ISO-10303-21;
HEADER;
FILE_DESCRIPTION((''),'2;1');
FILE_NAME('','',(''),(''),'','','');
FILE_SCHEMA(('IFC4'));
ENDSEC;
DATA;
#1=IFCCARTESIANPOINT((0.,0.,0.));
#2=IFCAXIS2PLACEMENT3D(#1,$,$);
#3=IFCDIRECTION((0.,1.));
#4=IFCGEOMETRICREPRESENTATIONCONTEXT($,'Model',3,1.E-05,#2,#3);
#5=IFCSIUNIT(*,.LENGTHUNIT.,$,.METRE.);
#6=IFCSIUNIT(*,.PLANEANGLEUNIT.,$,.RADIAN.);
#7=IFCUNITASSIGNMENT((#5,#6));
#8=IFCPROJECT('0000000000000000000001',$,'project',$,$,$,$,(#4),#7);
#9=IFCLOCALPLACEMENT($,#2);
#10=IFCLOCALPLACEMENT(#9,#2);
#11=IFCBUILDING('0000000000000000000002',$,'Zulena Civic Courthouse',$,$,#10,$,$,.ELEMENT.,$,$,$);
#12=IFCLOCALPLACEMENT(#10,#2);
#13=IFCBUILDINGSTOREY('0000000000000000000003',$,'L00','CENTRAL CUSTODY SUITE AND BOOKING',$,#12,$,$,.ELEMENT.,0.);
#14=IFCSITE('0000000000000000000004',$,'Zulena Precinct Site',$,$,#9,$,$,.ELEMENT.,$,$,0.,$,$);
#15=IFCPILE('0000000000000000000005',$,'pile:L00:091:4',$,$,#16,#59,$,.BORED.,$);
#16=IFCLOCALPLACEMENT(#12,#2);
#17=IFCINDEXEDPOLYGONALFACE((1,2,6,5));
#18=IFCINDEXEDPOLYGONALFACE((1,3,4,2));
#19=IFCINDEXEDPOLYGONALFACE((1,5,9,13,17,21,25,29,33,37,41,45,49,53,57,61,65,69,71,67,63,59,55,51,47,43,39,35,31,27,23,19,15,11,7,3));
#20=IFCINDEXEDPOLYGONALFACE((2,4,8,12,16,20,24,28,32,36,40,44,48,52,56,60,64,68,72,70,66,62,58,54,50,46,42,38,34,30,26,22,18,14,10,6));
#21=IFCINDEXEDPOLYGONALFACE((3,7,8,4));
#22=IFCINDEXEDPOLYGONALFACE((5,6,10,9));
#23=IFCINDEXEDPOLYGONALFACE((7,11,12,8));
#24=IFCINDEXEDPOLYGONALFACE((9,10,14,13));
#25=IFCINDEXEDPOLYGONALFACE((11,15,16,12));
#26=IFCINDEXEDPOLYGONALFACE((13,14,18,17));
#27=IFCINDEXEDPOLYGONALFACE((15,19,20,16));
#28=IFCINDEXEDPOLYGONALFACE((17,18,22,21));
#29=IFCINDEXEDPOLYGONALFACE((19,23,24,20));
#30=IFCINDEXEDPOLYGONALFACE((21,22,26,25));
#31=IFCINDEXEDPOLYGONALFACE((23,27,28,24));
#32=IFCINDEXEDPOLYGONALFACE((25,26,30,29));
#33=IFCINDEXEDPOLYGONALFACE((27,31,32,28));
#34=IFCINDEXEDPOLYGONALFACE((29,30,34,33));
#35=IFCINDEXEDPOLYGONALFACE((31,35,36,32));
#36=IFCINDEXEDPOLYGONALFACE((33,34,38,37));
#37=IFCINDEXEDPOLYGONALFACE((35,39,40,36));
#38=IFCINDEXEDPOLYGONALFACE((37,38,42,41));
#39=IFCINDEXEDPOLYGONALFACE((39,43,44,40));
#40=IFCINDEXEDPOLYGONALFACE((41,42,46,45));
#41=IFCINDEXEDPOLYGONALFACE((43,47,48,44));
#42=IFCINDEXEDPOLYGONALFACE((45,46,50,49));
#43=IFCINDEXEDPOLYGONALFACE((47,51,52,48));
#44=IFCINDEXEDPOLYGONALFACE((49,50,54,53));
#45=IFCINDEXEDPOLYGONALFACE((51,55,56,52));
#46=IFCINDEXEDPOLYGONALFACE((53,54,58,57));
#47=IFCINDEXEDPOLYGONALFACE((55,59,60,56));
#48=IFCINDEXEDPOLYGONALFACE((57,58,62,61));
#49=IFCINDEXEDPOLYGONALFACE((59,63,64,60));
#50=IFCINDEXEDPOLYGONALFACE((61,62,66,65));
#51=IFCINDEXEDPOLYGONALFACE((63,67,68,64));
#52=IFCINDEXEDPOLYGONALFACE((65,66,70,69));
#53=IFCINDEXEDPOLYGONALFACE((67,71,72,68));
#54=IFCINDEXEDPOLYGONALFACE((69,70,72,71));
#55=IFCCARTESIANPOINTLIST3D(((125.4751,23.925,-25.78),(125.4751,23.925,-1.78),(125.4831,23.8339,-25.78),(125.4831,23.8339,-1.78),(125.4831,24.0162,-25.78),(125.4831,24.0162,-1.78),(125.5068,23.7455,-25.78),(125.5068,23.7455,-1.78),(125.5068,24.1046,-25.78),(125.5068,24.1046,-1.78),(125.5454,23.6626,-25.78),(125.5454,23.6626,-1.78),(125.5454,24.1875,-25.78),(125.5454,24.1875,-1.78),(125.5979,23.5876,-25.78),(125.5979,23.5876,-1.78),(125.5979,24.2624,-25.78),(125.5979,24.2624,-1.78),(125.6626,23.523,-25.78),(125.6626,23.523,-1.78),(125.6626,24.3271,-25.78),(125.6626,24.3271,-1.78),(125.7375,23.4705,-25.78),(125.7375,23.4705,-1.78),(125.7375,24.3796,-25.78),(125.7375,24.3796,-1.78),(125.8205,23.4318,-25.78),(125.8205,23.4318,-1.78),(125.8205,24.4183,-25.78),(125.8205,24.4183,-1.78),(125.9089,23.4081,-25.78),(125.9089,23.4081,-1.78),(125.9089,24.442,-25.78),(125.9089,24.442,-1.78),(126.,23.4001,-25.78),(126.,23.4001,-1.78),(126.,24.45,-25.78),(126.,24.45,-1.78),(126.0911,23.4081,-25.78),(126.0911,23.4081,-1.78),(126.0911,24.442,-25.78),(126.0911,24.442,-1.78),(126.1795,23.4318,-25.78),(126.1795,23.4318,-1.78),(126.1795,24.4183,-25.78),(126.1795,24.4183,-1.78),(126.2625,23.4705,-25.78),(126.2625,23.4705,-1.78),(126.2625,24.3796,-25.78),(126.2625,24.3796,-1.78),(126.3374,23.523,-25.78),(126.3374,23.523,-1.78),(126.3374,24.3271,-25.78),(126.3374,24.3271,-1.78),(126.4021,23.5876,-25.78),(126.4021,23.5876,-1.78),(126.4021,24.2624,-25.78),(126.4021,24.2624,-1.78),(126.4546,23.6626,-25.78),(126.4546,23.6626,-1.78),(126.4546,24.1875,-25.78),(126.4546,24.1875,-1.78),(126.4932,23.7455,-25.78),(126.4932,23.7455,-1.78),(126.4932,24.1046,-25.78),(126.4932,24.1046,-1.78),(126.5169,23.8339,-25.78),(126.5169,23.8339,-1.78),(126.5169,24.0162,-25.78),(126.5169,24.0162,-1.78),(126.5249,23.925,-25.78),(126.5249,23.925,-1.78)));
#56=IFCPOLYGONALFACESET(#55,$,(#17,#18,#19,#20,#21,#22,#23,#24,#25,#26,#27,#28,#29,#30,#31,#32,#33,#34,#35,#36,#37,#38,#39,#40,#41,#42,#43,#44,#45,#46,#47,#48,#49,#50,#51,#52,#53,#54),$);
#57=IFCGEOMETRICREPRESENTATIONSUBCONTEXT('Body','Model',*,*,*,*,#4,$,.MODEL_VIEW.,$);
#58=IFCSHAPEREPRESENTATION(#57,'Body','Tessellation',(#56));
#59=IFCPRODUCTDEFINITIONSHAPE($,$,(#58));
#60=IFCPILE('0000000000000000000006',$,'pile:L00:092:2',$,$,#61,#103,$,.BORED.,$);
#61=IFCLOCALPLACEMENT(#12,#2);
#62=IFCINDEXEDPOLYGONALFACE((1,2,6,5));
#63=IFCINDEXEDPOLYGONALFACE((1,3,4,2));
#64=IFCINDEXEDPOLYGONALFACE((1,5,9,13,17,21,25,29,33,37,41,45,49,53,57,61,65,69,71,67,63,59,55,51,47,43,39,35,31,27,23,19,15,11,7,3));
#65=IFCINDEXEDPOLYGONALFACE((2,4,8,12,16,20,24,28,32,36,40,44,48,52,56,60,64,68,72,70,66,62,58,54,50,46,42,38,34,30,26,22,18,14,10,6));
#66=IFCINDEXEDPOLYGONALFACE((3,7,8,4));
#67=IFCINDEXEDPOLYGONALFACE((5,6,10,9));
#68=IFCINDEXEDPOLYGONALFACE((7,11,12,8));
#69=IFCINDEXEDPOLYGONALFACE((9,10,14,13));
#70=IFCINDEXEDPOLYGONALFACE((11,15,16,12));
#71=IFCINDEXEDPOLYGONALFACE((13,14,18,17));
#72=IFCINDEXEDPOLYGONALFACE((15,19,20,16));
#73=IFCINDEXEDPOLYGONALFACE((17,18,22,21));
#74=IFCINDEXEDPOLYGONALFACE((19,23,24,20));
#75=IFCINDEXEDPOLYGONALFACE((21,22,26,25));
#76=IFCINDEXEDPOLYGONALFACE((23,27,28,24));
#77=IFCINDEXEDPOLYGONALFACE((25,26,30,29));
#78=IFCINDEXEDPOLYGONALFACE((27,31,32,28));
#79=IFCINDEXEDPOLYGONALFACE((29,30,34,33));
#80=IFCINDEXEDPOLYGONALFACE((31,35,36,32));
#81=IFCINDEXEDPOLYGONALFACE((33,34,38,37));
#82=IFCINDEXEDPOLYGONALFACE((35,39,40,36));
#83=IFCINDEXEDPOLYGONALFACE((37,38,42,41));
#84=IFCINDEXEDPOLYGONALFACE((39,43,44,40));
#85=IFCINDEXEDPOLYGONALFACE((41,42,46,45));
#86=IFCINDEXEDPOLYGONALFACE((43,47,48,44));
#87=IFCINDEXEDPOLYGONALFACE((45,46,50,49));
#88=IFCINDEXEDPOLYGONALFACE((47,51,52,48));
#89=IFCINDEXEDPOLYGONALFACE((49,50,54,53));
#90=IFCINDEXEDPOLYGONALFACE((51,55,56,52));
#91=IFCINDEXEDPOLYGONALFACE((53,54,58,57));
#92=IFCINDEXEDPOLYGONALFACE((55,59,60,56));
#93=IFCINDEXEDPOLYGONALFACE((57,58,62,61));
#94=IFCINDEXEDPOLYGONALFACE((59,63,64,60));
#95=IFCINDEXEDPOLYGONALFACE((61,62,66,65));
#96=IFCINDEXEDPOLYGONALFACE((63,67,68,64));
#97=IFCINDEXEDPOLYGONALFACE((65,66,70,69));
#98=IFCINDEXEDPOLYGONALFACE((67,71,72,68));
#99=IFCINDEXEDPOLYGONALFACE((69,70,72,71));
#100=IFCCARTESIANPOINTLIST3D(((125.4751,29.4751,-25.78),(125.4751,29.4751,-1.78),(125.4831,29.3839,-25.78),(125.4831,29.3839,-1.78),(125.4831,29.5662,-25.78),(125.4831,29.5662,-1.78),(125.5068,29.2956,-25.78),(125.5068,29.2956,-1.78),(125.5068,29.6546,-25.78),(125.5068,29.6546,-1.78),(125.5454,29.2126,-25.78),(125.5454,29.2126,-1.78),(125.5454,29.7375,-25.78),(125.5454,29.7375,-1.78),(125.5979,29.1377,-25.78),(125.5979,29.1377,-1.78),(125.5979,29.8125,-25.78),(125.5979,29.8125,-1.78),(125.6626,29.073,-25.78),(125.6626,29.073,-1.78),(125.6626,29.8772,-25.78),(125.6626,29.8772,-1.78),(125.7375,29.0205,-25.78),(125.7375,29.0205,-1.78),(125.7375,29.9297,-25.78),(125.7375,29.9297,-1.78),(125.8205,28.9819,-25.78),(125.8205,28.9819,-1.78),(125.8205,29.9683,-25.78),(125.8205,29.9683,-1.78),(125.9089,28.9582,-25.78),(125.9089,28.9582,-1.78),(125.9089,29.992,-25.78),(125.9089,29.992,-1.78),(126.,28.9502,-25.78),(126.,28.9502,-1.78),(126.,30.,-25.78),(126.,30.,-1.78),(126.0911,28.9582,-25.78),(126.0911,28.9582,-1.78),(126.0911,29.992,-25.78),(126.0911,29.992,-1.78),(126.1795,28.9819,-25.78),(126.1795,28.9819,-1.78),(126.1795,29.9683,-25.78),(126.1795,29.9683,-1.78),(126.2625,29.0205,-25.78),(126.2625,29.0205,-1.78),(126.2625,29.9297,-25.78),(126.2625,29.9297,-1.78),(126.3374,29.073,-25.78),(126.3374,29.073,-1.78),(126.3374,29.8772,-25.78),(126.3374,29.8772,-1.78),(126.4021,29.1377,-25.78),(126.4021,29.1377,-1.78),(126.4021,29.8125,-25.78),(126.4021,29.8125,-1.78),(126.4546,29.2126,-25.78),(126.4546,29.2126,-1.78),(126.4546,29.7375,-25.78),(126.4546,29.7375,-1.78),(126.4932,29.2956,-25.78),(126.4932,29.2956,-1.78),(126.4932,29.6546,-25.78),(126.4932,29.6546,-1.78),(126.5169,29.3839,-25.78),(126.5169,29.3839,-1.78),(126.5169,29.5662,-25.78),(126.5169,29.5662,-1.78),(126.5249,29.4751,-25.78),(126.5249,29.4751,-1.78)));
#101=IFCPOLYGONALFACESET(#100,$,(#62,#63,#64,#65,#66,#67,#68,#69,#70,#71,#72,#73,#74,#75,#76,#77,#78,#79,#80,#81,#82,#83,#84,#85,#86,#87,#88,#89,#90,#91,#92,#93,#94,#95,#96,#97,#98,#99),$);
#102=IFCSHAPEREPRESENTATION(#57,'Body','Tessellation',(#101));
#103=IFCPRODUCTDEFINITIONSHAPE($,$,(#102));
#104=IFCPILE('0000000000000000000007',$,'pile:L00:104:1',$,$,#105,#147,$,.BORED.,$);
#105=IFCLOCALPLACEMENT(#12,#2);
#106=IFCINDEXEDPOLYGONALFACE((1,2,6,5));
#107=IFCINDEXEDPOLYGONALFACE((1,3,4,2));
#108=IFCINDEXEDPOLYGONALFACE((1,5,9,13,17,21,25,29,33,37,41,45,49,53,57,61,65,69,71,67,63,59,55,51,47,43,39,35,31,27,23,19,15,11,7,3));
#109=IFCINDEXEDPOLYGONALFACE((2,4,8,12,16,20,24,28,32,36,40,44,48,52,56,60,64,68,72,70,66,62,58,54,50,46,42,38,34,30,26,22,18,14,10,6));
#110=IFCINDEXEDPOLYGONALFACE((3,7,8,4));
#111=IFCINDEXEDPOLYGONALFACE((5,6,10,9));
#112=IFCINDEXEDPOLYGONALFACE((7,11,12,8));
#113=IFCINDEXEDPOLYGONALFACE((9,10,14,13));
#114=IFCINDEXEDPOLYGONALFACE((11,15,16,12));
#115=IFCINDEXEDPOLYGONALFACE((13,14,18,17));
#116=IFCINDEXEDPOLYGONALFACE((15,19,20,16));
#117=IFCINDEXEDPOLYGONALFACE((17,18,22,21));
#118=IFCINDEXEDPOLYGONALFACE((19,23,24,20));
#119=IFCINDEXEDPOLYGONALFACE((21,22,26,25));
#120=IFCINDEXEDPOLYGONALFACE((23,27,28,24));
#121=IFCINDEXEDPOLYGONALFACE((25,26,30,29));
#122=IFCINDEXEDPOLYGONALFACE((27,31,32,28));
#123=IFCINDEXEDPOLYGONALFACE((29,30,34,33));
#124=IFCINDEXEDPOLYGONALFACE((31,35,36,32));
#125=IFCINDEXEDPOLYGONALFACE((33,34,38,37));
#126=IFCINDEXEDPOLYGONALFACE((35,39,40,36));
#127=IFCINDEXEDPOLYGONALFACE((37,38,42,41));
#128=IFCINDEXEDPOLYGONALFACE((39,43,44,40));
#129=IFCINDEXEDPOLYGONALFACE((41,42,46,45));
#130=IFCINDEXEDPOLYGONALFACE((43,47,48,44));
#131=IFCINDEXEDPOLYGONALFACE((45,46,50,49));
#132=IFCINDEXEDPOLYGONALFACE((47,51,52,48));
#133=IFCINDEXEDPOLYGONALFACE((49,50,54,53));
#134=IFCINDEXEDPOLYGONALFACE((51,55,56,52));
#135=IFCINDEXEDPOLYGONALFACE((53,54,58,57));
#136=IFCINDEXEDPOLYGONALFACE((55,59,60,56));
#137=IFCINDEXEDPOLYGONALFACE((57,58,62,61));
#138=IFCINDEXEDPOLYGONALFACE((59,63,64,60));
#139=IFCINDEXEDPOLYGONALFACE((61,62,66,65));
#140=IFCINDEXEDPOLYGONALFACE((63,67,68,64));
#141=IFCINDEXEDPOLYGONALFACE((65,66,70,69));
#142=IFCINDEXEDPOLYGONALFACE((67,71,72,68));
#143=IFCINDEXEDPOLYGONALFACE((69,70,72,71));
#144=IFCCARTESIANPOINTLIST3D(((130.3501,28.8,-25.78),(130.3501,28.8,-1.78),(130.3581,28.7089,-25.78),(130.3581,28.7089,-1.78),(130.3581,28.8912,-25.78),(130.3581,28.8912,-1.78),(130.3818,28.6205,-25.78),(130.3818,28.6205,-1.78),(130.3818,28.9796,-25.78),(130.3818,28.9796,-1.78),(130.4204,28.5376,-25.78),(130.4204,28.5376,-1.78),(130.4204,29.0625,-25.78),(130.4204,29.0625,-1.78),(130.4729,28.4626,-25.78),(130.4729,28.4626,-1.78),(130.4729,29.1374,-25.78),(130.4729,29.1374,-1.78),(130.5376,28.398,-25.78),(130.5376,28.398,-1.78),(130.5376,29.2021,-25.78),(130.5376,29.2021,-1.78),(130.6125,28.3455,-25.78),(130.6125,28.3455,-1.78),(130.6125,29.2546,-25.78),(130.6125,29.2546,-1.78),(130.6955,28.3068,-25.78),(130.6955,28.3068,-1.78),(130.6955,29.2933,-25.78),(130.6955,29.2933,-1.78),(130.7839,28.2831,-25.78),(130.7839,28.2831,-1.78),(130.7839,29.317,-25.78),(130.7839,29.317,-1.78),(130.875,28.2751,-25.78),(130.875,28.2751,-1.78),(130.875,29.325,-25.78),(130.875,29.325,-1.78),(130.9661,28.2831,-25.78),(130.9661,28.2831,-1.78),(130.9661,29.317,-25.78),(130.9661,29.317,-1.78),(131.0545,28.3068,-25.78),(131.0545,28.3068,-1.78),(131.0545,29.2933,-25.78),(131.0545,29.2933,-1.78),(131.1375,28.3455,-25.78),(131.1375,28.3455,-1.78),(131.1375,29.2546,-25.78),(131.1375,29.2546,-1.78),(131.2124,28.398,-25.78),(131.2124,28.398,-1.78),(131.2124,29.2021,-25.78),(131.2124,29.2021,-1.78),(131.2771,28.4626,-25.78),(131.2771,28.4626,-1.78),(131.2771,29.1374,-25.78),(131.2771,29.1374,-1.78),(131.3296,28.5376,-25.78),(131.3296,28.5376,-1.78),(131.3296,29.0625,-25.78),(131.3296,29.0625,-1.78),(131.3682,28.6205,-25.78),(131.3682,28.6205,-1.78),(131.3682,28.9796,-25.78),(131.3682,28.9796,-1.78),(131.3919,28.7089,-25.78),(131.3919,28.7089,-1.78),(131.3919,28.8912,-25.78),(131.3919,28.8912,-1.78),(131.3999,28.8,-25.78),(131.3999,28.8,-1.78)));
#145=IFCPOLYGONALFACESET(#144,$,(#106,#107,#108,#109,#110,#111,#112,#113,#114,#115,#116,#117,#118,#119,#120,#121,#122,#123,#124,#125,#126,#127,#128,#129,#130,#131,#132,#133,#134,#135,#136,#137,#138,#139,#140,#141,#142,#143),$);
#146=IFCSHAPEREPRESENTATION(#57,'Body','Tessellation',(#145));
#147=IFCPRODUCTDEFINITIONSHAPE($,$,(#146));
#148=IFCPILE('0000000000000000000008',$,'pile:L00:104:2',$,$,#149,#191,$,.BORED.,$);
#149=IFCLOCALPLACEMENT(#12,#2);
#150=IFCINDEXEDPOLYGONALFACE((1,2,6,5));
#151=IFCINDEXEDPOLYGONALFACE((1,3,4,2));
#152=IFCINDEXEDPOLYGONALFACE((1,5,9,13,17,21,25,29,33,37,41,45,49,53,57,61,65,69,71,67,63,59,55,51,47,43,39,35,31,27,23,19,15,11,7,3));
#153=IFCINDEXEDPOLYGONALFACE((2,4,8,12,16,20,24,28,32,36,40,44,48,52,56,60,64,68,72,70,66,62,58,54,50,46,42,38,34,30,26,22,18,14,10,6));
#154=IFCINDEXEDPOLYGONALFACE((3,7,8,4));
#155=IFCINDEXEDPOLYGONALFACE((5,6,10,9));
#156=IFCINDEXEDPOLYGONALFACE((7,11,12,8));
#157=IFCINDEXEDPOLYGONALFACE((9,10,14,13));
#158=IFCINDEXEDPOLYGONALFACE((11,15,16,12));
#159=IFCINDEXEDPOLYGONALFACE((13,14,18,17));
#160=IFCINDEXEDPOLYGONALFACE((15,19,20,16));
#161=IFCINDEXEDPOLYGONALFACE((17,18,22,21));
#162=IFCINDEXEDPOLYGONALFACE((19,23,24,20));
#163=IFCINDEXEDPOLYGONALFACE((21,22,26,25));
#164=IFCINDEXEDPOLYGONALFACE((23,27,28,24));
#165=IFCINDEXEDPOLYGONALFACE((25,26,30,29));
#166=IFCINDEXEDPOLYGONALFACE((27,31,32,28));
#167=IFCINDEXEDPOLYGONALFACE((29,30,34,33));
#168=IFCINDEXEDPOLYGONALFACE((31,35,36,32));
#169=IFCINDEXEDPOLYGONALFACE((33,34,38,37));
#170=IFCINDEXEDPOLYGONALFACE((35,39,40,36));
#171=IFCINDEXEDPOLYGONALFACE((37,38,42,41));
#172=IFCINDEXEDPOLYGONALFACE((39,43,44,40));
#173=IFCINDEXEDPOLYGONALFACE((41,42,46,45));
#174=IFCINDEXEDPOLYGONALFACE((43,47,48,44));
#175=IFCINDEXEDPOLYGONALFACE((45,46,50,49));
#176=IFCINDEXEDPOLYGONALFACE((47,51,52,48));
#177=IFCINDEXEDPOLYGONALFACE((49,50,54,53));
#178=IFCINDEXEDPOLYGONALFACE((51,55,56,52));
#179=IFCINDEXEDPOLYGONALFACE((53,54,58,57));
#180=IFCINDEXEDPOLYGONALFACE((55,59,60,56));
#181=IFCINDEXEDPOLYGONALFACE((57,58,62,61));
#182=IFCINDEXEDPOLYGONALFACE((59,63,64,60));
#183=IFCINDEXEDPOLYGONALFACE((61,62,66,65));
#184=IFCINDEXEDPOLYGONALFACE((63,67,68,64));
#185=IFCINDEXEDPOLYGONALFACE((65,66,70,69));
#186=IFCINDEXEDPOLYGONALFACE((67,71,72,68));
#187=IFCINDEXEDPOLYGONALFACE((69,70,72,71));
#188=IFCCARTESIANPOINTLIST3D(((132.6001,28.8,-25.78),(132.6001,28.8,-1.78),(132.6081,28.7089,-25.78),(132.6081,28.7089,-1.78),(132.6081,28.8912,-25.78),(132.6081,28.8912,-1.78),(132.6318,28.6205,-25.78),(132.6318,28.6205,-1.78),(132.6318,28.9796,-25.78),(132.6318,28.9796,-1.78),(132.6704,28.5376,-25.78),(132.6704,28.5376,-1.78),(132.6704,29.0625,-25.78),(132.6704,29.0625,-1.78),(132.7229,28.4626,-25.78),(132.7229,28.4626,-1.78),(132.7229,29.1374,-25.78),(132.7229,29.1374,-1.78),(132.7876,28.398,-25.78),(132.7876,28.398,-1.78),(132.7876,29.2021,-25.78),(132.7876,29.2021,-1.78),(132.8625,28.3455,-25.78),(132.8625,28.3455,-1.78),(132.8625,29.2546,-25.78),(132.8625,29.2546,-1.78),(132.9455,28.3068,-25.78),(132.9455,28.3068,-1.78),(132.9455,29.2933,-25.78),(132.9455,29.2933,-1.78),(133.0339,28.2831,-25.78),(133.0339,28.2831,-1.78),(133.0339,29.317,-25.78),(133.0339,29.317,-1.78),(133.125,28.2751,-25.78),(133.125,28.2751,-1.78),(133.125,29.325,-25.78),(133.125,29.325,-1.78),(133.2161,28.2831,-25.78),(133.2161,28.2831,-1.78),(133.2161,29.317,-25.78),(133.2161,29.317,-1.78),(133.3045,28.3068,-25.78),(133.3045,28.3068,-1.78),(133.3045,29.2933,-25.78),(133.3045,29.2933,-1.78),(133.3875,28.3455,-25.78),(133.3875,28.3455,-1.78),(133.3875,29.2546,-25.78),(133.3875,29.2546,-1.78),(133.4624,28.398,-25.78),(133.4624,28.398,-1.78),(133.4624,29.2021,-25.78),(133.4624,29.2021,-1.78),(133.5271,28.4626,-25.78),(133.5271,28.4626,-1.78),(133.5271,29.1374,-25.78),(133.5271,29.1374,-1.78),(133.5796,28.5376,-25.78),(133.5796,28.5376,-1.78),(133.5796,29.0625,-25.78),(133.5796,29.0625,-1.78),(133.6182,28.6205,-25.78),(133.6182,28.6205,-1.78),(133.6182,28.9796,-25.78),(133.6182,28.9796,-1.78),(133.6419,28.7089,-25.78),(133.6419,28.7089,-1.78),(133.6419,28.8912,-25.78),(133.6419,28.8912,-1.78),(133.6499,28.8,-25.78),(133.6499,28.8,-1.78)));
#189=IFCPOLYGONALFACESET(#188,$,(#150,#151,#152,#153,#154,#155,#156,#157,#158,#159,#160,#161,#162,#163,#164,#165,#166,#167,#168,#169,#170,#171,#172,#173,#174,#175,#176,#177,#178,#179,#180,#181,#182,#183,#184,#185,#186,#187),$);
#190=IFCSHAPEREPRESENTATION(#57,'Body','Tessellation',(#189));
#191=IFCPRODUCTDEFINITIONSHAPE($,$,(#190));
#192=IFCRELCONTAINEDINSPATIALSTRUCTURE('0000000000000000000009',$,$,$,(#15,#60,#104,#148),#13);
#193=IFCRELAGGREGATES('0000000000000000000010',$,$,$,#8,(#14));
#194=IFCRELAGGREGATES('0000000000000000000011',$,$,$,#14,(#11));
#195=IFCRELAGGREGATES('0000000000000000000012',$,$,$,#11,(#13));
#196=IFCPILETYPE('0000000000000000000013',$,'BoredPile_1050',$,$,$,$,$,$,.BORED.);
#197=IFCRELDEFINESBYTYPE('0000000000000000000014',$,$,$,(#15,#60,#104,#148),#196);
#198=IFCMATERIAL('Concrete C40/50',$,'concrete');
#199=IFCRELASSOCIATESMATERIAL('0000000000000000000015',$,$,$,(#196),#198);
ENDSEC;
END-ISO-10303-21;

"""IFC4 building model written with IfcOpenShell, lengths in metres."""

from ifc_helpers import new_model, si_unit, direction, frame, origin, origin_2d, place, context, subcontext, project, spatial, circle, extrude, material, material_profile, profile_set, type_object, element, save


model = new_model("IFC4")

# Units and contexts
model_context = context("Model", 3, precision=1e-05, world=origin(), true_north=direction((0.0, 1.0)))
body_context = subcontext(model_context, "Body", "Model", "MODEL_VIEW")
ifc_project = project(units=[si_unit("LENGTHUNIT", "METRE"), si_unit("PLANEANGLEUNIT", "RADIAN")], contexts=[model_context])

# Site, building, storey
site_placement = place(None, origin())
site = spatial("IfcSite", under=ifc_project, at=site_placement, Name="Zulena Precinct Site", CompositionType="ELEMENT", RefElevation=0.0)
building_placement = place(site_placement, origin())
building = spatial("IfcBuilding", under=site, at=building_placement, Name="Zulena Civic Courthouse", CompositionType="ELEMENT")
storey_placement = place(building_placement, origin())
storey = spatial("IfcBuildingStorey", under=building, at=storey_placement, Name="L00", Description="CENTRAL CUSTODY SUITE AND BOOKING", CompositionType="ELEMENT", Elevation=0.0)

# Piles
ifc_material_1 = material(Name="Concrete C40/50", Category="concrete")
ifc_material_profile_1 = material_profile(ifc_material_1, circle(Radius=0.5249, at=origin_2d()), Name="PILE1050")
ifc_profile_set_1 = profile_set([ifc_material_profile_1], Name="Concrete C40/50")
pile_type_1 = type_object("IfcPileType", Name="BoredPile_1050", PredefinedType="BORED", material=ifc_profile_set_1)
for number, where, z_axis, x_axis, name in (
    (1, (126.0, 23.925, -1.78), (0.0, 0.0, -1.0), (1.0, 0.0, 0.0), "pile:L00:091:4"),
    (2, (126.0, 29.4751, -1.78), (0.0, 0.0, -1.0), (1.0, 0.0, 0.0), "pile:L00:092:2"),
    (3, (130.875, 28.8, -1.78), (0.0, 0.0, -1.0), (1.0, 0.0, 0.0), "pile:L00:104:1"),
    (4, (133.125, 28.8, -1.78), (0.0, 0.0, -1.0), (1.0, 0.0, 0.0), "pile:L00:104:2"),
):
    element("IfcPile", number, at=place(storey_placement, frame(where, z_axis=z_axis, x_axis=x_axis)), inside=storey, type_object=pile_type_1, Name=name, PredefinedType="BORED", context=body_context, shape_type="SweptSolid", body=[
        extrude(circle(Radius=0.5249, at=origin_2d()), origin(), (0.0, 0.0, 1.0), 24.0),
    ])

save(model, "model.ifc")
